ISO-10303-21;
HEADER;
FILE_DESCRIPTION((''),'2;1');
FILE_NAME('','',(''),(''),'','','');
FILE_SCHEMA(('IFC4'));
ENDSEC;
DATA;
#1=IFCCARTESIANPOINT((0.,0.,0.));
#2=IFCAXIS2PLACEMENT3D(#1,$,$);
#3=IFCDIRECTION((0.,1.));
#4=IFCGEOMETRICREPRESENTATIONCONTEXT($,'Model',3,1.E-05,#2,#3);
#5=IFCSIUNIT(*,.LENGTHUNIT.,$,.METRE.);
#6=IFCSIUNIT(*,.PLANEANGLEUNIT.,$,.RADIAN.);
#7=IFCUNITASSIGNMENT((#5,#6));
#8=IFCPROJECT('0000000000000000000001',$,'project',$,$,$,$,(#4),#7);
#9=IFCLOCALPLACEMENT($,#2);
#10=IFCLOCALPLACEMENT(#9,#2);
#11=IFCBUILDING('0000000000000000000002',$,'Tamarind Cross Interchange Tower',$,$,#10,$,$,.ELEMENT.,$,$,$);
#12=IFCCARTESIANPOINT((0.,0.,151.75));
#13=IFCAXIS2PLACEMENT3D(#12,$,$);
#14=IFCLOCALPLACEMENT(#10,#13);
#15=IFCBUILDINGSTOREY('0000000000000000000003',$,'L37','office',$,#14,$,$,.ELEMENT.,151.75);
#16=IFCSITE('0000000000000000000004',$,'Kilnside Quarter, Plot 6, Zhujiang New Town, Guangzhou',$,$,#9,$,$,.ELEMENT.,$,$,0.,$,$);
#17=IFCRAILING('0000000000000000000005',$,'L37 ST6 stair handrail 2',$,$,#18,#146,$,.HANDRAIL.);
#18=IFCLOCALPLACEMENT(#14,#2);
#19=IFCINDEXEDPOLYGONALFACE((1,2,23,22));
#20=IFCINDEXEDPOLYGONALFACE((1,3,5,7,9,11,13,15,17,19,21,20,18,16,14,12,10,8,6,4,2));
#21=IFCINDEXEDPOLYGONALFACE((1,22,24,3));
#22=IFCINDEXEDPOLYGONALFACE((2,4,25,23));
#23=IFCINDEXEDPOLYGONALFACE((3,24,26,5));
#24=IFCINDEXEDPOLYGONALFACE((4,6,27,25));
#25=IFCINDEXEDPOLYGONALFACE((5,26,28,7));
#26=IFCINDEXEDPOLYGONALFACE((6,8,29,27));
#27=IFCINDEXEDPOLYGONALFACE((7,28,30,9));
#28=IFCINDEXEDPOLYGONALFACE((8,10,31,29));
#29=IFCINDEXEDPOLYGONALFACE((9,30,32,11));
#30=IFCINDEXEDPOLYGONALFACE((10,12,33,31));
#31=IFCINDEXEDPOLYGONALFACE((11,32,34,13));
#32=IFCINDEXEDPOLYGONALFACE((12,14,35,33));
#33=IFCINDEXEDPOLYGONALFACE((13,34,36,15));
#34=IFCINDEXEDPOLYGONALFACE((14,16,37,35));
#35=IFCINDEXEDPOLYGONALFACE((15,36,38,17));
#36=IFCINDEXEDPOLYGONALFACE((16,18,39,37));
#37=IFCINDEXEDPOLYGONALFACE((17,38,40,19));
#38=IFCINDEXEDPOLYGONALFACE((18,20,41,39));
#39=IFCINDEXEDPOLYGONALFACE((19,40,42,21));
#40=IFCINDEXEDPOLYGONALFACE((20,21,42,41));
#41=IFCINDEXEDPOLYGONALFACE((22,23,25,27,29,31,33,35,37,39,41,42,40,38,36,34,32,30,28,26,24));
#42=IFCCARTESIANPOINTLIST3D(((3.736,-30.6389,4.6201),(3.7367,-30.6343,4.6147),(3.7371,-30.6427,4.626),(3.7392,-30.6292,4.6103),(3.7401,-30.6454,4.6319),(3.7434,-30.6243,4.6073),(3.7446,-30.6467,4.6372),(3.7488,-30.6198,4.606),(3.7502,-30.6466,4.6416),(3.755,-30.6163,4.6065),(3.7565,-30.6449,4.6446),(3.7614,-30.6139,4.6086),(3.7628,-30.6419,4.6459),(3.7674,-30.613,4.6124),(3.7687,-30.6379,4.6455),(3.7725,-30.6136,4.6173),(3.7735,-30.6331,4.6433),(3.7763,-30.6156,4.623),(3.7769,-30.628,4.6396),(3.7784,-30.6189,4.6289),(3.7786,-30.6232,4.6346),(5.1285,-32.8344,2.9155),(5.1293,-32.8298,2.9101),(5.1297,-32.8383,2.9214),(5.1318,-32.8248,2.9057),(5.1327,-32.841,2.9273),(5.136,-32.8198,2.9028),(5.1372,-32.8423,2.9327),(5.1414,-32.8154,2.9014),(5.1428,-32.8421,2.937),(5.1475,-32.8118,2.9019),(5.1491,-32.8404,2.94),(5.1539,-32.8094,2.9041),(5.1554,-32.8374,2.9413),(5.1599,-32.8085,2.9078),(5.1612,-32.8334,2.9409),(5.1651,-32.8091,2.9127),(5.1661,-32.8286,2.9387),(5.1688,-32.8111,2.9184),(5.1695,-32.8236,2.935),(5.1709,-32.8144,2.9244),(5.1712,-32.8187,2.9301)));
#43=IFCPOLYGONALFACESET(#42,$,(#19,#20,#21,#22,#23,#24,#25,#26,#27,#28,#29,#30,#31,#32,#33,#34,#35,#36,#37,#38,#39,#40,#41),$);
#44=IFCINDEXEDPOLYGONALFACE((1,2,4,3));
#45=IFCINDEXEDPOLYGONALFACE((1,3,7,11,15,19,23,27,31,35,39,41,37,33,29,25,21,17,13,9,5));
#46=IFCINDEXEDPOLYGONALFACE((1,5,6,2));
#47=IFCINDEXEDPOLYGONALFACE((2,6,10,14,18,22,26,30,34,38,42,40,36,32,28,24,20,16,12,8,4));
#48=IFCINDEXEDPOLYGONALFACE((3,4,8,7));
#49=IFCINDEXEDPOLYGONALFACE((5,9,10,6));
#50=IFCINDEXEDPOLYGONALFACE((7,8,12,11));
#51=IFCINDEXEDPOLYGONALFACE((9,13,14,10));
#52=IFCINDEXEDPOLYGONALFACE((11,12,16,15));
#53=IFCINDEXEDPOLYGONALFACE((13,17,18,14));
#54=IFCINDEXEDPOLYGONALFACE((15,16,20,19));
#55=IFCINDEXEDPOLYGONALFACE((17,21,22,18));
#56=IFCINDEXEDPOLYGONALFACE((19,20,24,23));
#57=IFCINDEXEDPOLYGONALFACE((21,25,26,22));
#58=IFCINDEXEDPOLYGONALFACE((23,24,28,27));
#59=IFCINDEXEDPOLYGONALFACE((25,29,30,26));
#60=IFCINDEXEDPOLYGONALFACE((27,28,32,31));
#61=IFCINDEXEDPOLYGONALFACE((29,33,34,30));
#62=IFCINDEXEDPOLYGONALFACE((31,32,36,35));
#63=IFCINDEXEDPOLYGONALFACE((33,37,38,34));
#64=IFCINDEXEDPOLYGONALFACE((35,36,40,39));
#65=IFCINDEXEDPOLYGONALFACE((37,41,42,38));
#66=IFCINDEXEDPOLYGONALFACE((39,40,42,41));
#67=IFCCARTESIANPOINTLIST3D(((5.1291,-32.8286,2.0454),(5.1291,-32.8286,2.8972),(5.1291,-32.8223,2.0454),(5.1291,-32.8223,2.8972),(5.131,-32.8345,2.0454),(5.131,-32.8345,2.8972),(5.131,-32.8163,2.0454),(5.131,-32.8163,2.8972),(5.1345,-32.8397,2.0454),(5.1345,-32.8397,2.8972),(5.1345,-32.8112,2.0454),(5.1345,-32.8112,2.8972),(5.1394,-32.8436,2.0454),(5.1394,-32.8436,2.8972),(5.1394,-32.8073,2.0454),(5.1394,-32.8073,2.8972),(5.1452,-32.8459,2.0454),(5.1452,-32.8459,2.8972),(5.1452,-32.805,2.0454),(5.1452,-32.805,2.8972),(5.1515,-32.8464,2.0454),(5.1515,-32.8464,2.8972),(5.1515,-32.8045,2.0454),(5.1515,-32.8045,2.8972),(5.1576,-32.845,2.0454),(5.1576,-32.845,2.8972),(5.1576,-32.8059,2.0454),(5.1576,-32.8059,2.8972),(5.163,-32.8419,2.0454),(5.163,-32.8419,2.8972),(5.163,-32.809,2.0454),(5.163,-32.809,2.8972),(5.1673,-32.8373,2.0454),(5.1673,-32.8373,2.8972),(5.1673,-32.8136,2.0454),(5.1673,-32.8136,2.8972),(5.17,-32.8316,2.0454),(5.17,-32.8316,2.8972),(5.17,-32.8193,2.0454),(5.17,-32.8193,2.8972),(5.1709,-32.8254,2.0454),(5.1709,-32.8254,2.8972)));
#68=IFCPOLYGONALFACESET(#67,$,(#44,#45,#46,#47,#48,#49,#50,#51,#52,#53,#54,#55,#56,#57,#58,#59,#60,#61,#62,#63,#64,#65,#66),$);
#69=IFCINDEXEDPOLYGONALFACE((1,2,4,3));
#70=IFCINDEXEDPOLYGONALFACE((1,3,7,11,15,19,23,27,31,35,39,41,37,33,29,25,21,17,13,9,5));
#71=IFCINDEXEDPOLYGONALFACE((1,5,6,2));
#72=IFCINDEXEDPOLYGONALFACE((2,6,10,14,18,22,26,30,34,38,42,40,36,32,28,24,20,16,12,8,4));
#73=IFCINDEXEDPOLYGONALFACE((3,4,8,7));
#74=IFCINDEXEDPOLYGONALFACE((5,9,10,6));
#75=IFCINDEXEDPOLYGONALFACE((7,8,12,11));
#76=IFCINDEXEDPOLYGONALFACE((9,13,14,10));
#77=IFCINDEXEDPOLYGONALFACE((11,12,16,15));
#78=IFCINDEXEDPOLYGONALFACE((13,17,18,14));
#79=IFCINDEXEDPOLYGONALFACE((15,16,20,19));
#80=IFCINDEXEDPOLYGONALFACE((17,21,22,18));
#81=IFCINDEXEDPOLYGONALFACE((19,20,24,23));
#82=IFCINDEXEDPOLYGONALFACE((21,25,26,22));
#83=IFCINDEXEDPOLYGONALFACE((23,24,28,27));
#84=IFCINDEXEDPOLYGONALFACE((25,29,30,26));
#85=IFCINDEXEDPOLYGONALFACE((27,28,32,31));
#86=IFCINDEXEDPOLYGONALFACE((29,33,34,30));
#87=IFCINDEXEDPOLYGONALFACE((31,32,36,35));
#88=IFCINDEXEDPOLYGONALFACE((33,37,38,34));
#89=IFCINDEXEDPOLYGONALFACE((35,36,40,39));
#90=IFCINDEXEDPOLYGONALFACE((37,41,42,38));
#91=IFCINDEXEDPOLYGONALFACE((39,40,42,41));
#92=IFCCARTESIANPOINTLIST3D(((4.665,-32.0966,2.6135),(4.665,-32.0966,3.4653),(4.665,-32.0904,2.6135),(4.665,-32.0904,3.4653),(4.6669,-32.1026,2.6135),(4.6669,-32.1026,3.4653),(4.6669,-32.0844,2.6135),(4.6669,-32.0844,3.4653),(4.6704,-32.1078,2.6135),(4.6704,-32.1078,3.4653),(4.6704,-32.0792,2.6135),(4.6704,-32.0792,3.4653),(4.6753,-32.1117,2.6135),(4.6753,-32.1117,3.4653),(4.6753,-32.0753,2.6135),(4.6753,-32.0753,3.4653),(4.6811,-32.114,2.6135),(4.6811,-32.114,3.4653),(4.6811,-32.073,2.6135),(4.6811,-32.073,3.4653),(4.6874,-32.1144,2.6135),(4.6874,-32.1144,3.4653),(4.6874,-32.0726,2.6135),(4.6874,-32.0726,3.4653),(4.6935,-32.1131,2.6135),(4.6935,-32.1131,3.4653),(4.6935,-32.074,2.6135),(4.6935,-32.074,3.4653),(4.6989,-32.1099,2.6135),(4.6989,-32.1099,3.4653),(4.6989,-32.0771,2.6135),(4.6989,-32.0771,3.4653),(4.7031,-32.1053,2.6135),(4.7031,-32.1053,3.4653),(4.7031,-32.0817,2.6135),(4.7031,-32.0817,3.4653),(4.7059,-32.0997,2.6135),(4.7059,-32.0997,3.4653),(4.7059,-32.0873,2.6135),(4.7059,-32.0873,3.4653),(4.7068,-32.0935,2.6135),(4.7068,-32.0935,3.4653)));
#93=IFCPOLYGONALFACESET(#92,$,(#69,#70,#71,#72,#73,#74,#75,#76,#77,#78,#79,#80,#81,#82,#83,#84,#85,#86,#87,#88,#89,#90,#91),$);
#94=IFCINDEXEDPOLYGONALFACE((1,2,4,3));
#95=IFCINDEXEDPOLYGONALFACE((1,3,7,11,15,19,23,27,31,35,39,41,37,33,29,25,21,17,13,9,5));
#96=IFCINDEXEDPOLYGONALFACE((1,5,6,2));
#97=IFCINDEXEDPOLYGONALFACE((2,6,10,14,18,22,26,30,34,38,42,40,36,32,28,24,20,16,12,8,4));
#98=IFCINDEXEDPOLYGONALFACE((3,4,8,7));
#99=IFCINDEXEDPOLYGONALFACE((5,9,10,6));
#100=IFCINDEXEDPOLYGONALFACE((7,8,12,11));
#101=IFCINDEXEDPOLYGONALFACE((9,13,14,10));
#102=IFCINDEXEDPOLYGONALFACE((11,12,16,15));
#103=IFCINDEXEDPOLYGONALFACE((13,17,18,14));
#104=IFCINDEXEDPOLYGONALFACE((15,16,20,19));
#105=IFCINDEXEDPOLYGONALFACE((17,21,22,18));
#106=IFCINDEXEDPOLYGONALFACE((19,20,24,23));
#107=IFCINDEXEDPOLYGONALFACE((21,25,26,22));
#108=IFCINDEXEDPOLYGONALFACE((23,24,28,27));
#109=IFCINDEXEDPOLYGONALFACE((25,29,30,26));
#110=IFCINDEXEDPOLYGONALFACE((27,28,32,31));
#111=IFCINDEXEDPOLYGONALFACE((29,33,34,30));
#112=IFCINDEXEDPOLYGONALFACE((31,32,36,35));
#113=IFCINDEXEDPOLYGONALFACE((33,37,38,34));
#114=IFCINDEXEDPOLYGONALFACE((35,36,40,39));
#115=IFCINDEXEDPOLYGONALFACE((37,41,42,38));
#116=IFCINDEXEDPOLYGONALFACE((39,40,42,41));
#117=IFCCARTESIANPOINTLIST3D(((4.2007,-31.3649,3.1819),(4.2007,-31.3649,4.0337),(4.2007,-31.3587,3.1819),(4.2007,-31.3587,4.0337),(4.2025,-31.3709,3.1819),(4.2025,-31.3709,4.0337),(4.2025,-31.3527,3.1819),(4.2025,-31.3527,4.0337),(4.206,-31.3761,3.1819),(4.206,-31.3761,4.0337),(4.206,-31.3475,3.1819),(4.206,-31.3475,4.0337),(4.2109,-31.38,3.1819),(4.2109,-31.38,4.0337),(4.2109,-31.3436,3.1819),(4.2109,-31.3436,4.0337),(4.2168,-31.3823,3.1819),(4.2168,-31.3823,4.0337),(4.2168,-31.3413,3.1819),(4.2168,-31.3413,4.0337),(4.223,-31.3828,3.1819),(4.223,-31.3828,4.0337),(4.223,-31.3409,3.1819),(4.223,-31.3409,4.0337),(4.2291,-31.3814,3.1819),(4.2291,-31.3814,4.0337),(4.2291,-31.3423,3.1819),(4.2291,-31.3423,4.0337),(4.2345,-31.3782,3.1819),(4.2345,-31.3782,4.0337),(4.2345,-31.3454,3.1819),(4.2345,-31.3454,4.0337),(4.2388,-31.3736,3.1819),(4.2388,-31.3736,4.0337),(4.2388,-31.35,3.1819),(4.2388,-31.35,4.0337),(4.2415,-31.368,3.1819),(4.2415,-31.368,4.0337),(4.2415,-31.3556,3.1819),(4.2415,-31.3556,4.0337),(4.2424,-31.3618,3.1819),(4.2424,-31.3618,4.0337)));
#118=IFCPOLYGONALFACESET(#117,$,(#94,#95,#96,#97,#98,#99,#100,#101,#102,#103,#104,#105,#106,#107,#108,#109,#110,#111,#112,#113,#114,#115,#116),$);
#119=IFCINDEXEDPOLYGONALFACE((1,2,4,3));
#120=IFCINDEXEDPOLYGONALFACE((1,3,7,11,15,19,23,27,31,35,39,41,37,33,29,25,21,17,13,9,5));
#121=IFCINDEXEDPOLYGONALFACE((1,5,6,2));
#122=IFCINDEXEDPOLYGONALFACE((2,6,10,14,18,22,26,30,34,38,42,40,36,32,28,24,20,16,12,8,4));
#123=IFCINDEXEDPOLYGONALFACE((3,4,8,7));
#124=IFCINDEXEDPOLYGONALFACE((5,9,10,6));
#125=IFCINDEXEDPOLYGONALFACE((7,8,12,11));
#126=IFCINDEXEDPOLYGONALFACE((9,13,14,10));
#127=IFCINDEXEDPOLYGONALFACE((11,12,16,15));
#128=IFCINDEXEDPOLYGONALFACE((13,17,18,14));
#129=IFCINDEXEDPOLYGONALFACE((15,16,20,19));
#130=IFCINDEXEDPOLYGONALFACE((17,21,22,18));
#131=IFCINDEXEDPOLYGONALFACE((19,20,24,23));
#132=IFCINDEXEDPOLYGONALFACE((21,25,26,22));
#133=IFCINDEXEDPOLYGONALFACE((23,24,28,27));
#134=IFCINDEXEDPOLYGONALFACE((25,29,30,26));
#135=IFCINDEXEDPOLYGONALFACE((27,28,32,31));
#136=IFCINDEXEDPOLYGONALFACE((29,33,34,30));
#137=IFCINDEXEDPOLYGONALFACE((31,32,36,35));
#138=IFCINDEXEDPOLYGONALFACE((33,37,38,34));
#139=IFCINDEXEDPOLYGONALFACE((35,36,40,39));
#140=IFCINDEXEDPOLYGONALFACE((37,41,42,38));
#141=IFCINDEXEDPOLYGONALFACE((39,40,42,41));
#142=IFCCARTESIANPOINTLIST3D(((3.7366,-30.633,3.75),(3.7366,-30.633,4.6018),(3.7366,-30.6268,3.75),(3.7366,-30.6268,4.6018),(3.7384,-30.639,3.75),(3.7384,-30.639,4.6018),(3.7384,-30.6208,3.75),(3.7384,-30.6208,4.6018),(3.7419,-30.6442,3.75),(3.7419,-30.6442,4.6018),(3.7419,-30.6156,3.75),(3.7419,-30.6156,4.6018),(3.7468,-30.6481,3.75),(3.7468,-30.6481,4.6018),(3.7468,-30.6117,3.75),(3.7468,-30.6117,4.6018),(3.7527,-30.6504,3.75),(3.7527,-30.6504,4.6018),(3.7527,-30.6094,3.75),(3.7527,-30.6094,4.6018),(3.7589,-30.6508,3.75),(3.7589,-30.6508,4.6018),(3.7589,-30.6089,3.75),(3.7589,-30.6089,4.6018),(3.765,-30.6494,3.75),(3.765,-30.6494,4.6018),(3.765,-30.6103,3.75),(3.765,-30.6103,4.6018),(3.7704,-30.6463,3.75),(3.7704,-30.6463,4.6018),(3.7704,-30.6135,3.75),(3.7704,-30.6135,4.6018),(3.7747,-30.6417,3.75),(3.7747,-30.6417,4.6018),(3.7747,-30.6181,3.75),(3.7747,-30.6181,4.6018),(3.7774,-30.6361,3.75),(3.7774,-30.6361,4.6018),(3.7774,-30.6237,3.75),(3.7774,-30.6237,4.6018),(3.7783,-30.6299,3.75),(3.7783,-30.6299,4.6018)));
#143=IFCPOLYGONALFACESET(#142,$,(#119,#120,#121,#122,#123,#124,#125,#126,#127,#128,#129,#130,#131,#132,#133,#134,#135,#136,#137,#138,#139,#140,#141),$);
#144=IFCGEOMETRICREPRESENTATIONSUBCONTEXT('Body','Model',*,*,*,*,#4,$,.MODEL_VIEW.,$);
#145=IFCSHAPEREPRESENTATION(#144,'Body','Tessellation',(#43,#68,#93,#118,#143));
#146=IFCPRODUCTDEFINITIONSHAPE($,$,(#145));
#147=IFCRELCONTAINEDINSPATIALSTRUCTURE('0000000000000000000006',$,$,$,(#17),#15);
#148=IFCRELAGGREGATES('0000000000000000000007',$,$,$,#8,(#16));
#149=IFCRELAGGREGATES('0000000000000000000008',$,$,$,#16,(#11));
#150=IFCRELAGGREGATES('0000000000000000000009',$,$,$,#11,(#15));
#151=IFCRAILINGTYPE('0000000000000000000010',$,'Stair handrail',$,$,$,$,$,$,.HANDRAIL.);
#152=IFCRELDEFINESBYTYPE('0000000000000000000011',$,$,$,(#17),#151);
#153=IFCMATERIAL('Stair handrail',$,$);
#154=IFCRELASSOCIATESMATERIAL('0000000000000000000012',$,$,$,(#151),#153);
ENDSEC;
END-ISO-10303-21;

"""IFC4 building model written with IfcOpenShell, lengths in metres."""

from ifc_helpers import new_model, si_unit, direction, frame, origin, origin_2d, place, context, subcontext, project, spatial, circle, extrude, material, type_object, element, save


model = new_model("IFC4")

# Units and contexts
model_context = context("Model", 3, precision=1e-05, world=origin(), true_north=direction((0.0, 1.0)))
body_context = subcontext(model_context, "Body", "Model", "MODEL_VIEW")
ifc_project = project(units=[si_unit("LENGTHUNIT", "METRE"), si_unit("PLANEANGLEUNIT", "RADIAN")], contexts=[model_context])

# Site, building, storey
site_placement = place(None, origin())
site = spatial("IfcSite", under=ifc_project, at=site_placement, Name="Kilnside Quarter, Plot 6, Zhujiang New Town, Guangzhou", CompositionType="ELEMENT", RefElevation=0.0)
building_placement = place(site_placement, origin())
building = spatial("IfcBuilding", under=site, at=building_placement, Name="Tamarind Cross Interchange Tower", CompositionType="ELEMENT")
storey_placement = place(building_placement, frame((0.0, 0.0, 151.75)))
storey = spatial("IfcBuildingStorey", under=building, at=storey_placement, Name="L37", Description="office", CompositionType="ELEMENT", Elevation=151.75)

# Railing
ifc_material_1 = material(Name="Stair handrail")
railing_type_1 = type_object("IfcRailingType", Name="Stair handrail", PredefinedType="HANDRAIL", material=ifc_material_1)
railing_1_placement = place(storey_placement, frame((5.1499, -32.8254, 2.0454)))
element("IfcRailing", 1, at=railing_1_placement, inside=storey, type_object=railing_type_1, Name="L37 ST6 stair handrail 2", PredefinedType="HANDRAIL", context=body_context, shape_type="SweptSolid", body=[
    extrude(circle(Radius=0.0239, at=origin_2d()), frame((0.0, 0.0, 0.876), z_axis=(-0.44793, 0.706213, 0.54829), x_axis=(-0.844461, -0.535617, 0.0)), (0.0, 0.0, 1.0), 3.1089),
    extrude(circle(Radius=0.021, at=origin_2d()), origin(), (0.0, 0.0, 1.0), 0.8518),
    extrude(circle(Radius=0.021, at=origin_2d()), frame((-0.4641, 0.7319, 0.5681)), (0.0, 0.0, 1.0), 0.8518),
    extrude(circle(Radius=0.021, at=origin_2d()), frame((-0.9285, 1.4636, 1.1365)), (0.0, 0.0, 1.0), 0.8518),
    extrude(circle(Radius=0.021, at=origin_2d()), frame((-1.3926, 2.1956, 1.7046)), (0.0, 0.0, 1.0), 0.8518),
])

save(model, "model.ifc")
